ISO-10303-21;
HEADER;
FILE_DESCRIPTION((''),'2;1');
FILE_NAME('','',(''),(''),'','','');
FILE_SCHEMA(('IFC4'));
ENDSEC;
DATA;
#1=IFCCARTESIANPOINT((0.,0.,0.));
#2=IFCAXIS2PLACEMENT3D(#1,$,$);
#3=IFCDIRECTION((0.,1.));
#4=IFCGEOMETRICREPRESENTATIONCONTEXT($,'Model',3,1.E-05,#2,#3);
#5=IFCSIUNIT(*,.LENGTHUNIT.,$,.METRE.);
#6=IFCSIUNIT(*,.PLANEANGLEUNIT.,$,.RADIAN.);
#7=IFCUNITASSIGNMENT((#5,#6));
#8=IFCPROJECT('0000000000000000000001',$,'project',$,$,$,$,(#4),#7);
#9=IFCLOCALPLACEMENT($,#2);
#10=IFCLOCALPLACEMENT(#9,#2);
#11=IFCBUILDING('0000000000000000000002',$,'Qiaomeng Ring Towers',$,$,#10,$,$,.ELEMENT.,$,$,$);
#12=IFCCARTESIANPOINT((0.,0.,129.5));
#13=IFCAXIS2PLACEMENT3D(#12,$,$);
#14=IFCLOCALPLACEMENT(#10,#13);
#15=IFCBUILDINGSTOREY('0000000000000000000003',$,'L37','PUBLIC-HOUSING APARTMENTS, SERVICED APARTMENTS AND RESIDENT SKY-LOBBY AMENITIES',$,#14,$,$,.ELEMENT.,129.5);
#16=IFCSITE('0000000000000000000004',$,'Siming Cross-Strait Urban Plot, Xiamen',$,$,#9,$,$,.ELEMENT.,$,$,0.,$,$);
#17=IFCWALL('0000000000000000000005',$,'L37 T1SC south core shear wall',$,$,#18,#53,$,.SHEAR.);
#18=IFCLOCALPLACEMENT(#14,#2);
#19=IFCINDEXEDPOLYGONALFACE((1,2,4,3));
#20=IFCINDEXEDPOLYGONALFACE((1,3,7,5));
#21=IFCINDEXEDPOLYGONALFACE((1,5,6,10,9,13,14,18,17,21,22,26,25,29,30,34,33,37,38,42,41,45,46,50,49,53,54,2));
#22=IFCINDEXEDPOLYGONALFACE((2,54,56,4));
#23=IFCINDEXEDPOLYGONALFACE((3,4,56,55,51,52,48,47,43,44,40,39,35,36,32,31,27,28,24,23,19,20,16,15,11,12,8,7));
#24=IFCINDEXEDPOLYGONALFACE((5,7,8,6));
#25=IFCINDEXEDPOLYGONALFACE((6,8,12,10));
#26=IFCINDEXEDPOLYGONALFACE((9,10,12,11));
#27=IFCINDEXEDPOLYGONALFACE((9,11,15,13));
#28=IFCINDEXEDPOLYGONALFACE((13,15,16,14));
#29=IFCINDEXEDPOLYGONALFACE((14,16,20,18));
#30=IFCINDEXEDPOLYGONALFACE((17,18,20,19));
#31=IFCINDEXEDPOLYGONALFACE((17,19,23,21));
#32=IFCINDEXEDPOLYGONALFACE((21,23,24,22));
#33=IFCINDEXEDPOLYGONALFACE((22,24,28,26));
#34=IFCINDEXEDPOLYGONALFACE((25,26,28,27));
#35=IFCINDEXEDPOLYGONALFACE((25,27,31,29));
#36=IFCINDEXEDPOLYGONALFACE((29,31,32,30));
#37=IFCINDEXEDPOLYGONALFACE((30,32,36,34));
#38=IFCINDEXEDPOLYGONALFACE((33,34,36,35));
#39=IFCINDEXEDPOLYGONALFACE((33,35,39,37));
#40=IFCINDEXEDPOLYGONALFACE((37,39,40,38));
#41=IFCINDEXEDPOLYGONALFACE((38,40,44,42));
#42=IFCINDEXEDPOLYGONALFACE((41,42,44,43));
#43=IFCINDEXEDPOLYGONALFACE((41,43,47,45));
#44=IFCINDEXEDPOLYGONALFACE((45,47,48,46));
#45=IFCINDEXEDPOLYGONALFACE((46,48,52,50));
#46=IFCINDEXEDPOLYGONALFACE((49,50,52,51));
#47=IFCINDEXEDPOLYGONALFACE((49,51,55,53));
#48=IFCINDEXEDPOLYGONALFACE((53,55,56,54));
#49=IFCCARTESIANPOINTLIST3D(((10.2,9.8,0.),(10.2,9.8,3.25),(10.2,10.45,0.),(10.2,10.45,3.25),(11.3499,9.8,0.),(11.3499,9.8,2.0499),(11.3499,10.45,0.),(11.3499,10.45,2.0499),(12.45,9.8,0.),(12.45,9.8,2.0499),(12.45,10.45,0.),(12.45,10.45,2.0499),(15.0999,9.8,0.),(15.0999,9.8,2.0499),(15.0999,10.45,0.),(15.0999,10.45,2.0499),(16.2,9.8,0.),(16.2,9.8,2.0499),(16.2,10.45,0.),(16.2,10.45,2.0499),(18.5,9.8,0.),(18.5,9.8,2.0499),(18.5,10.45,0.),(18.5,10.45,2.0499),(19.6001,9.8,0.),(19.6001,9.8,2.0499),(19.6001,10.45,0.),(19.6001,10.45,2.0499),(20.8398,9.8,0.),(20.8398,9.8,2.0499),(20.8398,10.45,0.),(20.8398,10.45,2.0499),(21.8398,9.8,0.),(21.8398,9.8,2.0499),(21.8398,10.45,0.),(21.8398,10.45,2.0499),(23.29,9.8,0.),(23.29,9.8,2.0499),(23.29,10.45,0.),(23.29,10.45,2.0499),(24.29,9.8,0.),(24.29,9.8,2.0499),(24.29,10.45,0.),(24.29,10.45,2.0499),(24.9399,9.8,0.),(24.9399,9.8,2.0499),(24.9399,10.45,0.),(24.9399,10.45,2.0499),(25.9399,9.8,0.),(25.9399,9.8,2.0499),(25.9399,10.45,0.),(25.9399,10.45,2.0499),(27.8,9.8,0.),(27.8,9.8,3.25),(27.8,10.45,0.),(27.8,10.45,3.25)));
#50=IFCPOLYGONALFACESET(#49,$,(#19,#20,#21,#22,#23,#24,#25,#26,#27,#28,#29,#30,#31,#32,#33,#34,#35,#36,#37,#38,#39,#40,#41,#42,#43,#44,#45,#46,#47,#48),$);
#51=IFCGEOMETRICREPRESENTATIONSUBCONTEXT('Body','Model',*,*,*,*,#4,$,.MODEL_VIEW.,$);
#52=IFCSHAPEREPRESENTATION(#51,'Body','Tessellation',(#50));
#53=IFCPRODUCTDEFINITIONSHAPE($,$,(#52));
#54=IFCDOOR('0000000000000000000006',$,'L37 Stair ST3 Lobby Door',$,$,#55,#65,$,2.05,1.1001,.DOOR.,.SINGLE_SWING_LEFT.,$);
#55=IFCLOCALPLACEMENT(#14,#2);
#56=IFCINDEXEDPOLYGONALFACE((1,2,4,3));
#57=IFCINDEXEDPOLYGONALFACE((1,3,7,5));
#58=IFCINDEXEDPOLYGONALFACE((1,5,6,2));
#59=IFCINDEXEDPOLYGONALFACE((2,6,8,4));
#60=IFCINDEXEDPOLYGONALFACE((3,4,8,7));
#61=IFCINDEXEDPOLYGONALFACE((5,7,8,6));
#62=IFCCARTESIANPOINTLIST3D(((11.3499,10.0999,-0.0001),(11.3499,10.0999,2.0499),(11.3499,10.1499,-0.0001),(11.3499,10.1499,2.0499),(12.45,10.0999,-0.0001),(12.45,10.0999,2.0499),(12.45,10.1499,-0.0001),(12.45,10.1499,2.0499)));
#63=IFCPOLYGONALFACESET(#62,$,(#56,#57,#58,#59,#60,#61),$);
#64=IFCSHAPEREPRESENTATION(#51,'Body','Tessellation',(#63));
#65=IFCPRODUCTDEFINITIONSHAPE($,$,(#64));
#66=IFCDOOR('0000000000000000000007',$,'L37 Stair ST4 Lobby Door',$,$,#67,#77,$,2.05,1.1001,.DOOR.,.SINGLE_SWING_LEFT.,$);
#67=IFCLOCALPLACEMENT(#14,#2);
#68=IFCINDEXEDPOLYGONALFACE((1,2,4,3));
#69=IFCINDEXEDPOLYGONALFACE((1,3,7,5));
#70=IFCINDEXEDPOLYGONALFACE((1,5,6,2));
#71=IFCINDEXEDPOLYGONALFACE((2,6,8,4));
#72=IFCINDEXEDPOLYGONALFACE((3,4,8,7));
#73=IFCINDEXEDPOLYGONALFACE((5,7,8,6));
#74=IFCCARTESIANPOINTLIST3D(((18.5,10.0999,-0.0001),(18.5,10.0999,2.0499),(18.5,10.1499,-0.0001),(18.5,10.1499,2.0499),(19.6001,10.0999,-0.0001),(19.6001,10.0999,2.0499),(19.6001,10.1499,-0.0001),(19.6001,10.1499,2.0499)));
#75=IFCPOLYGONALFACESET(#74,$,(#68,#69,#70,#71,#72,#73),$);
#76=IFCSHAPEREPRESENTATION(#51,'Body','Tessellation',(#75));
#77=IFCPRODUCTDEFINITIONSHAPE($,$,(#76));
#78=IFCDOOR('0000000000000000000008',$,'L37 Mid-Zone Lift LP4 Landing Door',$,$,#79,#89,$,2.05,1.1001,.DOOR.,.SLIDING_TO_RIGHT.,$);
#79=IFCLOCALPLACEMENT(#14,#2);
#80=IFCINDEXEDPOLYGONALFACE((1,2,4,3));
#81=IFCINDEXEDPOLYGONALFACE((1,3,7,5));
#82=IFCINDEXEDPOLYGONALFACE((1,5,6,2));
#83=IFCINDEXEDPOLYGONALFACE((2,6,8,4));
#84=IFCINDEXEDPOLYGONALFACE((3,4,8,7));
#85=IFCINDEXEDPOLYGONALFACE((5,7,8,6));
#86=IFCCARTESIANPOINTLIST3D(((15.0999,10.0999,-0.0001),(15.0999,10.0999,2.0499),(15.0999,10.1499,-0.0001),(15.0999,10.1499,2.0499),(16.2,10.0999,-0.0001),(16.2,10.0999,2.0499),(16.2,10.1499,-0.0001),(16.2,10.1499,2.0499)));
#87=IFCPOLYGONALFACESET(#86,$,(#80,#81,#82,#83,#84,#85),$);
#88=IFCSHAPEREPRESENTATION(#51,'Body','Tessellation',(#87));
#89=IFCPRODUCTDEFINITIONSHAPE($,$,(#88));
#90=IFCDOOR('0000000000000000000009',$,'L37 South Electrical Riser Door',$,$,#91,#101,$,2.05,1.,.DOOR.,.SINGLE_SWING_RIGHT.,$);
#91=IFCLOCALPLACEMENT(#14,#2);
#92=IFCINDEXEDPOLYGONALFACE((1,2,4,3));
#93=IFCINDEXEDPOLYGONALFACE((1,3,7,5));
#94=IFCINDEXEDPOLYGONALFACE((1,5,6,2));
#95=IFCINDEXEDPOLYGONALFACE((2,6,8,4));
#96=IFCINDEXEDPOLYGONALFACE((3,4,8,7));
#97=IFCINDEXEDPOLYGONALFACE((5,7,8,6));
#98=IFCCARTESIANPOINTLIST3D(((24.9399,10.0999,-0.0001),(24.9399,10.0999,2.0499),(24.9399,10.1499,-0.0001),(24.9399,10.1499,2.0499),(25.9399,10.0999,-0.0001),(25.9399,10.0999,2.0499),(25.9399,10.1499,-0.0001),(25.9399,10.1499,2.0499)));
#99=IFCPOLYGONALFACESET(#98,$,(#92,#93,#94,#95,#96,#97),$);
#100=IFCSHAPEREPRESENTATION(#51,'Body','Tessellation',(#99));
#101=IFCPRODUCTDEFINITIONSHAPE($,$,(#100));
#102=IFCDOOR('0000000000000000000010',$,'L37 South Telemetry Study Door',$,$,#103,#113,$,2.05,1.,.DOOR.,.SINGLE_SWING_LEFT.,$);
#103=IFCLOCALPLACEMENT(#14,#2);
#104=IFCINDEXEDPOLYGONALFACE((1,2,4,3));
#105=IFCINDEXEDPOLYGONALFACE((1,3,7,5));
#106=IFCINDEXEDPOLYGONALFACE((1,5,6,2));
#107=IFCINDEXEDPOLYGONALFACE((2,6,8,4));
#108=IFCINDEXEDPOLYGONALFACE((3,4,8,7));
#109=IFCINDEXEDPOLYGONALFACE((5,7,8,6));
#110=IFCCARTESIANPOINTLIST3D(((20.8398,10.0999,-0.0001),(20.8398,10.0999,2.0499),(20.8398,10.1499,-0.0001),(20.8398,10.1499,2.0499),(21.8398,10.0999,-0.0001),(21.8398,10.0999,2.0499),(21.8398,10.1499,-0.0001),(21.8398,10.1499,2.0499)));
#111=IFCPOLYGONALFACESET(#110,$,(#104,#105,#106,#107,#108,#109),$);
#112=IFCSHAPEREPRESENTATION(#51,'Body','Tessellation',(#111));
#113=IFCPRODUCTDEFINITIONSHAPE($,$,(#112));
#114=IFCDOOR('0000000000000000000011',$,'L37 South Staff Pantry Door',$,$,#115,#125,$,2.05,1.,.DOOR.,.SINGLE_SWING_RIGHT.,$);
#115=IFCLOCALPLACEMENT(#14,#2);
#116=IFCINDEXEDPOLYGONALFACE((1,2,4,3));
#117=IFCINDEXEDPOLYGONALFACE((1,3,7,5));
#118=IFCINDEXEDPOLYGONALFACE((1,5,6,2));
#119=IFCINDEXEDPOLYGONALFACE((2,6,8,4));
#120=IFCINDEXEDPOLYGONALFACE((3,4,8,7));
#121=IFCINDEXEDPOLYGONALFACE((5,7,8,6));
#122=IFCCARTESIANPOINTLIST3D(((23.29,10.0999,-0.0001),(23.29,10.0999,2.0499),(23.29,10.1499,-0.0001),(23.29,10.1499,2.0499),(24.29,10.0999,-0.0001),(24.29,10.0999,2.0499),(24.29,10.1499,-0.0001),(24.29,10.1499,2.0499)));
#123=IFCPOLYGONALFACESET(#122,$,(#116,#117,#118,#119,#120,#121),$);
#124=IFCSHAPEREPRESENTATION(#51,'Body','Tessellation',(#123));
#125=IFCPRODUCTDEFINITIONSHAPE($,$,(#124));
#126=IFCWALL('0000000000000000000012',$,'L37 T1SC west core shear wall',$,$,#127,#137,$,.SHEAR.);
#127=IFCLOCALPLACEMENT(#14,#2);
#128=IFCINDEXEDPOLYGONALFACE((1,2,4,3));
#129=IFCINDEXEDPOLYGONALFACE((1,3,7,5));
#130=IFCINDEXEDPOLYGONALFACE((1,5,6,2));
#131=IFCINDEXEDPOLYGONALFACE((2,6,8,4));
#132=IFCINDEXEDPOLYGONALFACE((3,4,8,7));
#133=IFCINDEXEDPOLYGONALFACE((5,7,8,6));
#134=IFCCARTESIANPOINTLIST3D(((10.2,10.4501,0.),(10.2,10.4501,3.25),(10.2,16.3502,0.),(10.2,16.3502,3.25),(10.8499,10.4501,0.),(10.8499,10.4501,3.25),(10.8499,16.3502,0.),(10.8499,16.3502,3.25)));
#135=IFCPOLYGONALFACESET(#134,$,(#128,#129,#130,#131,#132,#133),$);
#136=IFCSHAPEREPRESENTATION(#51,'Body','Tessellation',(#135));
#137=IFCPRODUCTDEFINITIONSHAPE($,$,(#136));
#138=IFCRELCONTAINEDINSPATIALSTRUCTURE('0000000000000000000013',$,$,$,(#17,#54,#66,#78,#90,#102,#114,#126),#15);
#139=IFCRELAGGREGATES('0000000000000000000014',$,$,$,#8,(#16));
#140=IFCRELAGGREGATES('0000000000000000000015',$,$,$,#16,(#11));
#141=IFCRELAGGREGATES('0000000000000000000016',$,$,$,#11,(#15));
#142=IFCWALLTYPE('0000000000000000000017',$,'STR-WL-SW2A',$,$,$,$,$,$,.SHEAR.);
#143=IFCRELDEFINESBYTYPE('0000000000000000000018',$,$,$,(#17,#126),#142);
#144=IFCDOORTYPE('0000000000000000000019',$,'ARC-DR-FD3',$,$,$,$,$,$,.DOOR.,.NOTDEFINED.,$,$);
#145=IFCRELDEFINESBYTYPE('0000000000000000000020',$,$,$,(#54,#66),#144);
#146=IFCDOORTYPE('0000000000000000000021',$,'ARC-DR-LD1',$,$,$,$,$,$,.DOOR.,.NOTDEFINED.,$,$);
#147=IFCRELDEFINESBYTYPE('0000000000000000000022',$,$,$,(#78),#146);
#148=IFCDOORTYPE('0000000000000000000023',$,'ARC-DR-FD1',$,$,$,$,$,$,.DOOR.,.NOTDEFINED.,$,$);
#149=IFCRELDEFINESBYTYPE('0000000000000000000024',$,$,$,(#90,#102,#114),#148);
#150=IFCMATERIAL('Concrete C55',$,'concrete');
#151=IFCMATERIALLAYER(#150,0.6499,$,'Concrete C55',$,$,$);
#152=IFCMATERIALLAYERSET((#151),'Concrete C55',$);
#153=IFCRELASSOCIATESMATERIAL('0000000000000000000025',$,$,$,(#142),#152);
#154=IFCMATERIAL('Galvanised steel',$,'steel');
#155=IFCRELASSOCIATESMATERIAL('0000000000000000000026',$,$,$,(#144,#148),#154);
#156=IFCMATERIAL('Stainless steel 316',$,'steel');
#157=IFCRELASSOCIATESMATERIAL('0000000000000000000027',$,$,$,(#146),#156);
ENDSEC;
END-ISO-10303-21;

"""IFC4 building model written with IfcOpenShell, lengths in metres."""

from ifc_helpers import new_model, si_unit, direction, frame, frame_2d, origin, place, context, subcontext, project, spatial, rectangle, extrude, source, transform, mapped, material, layer, layer_set, type_object, element, fill, save


model = new_model("IFC4")

# Units and contexts
model_context = context("Model", 3, precision=1e-05, world=origin(), true_north=direction((0.0, 1.0)))
body_context = subcontext(model_context, "Body", "Model", "MODEL_VIEW")
ifc_project = project(units=[si_unit("LENGTHUNIT", "METRE"), si_unit("PLANEANGLEUNIT", "RADIAN")], contexts=[model_context])

# Site, building, storey
site_placement = place(None, origin())
site = spatial("IfcSite", under=ifc_project, at=site_placement, Name="Siming Cross-Strait Urban Plot, Xiamen", CompositionType="ELEMENT", RefElevation=0.0)
building_placement = place(site_placement, origin())
building = spatial("IfcBuilding", under=site, at=building_placement, Name="Qiaomeng Ring Towers", CompositionType="ELEMENT")
storey_placement = place(building_placement, frame((0.0, 0.0, 129.5)))
storey = spatial("IfcBuildingStorey", under=building, at=storey_placement, Name="L37", Description="PUBLIC-HOUSING APARTMENTS, SERVICED APARTMENTS AND RESIDENT SKY-LOBBY AMENITIES", CompositionType="ELEMENT", Elevation=129.5)

# Shared definitions
shared_shape_1 = source(origin(), body_context, "Body", "SweptSolid", [
    extrude(rectangle(XDim=1.0, YDim=2.05, at=frame_2d((0.5, 1.0249))), frame((0.0, 0.0249, 0.0), z_axis=(0.0, -1.0, 0.0), x_axis=(1.0, 0.0, 0.0)), (0.0, 0.0, 1.0), 0.05),
])

# Wall, openings, doors
ifc_material_1 = material(Name="Concrete C55", Category="concrete")
ifc_layer_1 = layer(ifc_material_1, 0.6499, Name="Concrete C55")
ifc_layer_set_1 = layer_set([ifc_layer_1], Name="Concrete C55")
wall_type_1 = type_object("IfcWallType", Name="STR-WL-SW2A", PredefinedType="SHEAR", material=ifc_layer_set_1)
wall_1_placement = place(storey_placement, frame((10.2, 10.125, 0.0), z_axis=(0.0, 0.0, 1.0), x_axis=(1.0, 0.0, 0.0)))
wall_1 = element("IfcWall", 1, at=wall_1_placement, inside=storey, type_object=wall_type_1, Name="L37 T1SC south core shear wall", PredefinedType="SHEAR", context=body_context, shape_type="SweptSolid", body=[
    extrude(rectangle(XDim=17.6001, YDim=0.6499, at=frame_2d((8.8, 0.0))), origin(), (0.0, 0.0, 1.0), 3.25),
])
opening_1_placement = place(wall_1_placement, frame((1.1499, 0.0, 0.0)))
opening_1 = element("IfcOpeningElement", 2, at=opening_1_placement, cuts=wall_1, PredefinedType="OPENING", context=body_context, shape_type="SweptSolid", body=[
    extrude(rectangle(XDim=1.1001, YDim=2.05, at=frame_2d((0.55, 1.0249))), frame((0.0, 0.335, 0.0), z_axis=(0.0, -1.0, 0.0), x_axis=(1.0, 0.0, 0.0)), (0.0, 0.0, 1.0), 0.6699),
])
opening_2_placement = place(wall_1_placement, frame((8.3, 0.0, 0.0)))
opening_2 = element("IfcOpeningElement", 3, at=opening_2_placement, cuts=wall_1, PredefinedType="OPENING", context=body_context, shape_type="SweptSolid", body=[
    extrude(rectangle(XDim=1.1001, YDim=2.05, at=frame_2d((0.55, 1.0249))), frame((0.0, 0.335, 0.0), z_axis=(0.0, -1.0, 0.0), x_axis=(1.0, 0.0, 0.0)), (0.0, 0.0, 1.0), 0.6699),
])
opening_3_placement = place(wall_1_placement, frame((4.8999, 0.0, 0.0)))
opening_3 = element("IfcOpeningElement", 4, at=opening_3_placement, cuts=wall_1, PredefinedType="OPENING", context=body_context, shape_type="SweptSolid", body=[
    extrude(rectangle(XDim=1.1001, YDim=2.05, at=frame_2d((0.55, 1.0249))), frame((0.0, 0.335, 0.0), z_axis=(0.0, -1.0, 0.0), x_axis=(1.0, 0.0, 0.0)), (0.0, 0.0, 1.0), 0.6699),
])
opening_4_placement = place(wall_1_placement, frame((14.74, 0.0, 0.0)))
opening_4 = element("IfcOpeningElement", 5, at=opening_4_placement, cuts=wall_1, PredefinedType="OPENING", context=body_context, shape_type="SweptSolid", body=[
    extrude(rectangle(XDim=1.0, YDim=2.05, at=frame_2d((0.5, 1.0249))), frame((0.0, 0.335, 0.0), z_axis=(0.0, -1.0, 0.0), x_axis=(1.0, 0.0, 0.0)), (0.0, 0.0, 1.0), 0.6699),
])
opening_5_placement = place(wall_1_placement, frame((10.6399, 0.0, 0.0)))
opening_5 = element("IfcOpeningElement", 6, at=opening_5_placement, cuts=wall_1, PredefinedType="OPENING", context=body_context, shape_type="SweptSolid", body=[
    extrude(rectangle(XDim=1.0, YDim=2.05, at=frame_2d((0.5, 1.0249))), frame((0.0, 0.335, 0.0), z_axis=(0.0, -1.0, 0.0), x_axis=(1.0, 0.0, 0.0)), (0.0, 0.0, 1.0), 0.6699),
])
opening_6_placement = place(wall_1_placement, frame((13.0901, 0.0, 0.0)))
opening_6 = element("IfcOpeningElement", 7, at=opening_6_placement, cuts=wall_1, PredefinedType="OPENING", context=body_context, shape_type="SweptSolid", body=[
    extrude(rectangle(XDim=1.0, YDim=2.05, at=frame_2d((0.5, 1.0249))), frame((0.0, 0.335, 0.0), z_axis=(0.0, -1.0, 0.0), x_axis=(1.0, 0.0, 0.0)), (0.0, 0.0, 1.0), 0.6699),
])
ifc_material_2 = material(Name="Galvanised steel", Category="steel")
door_type_1 = type_object("IfcDoorType", Name="ARC-DR-FD3", OperationType="NOTDEFINED", PredefinedType="DOOR", material=ifc_material_2)
shared_shape_2 = source(origin(), body_context, "Body", "SweptSolid", [
    extrude(rectangle(XDim=1.1001, YDim=2.05, at=frame_2d((0.55, 1.0249))), frame((0.0, 0.0249, 0.0), z_axis=(0.0, -1.0, 0.0), x_axis=(1.0, 0.0, 0.0)), (0.0, 0.0, 1.0), 0.05),
])
door_1_placement = place(opening_1_placement, origin())
door_1 = element("IfcDoor", 8, at=door_1_placement, inside=storey, type_object=door_type_1, Name="L37 Stair ST3 Lobby Door", OperationType="SINGLE_SWING_LEFT", OverallHeight=2.05, OverallWidth=1.1001, PredefinedType="DOOR", context=body_context, shape_type="MappedRepresentation", body=[
    mapped(shared_shape_2, transform((0.0, 0.0, 0.0), x_axis=(1.0, 0.0, 0.0), y_axis=(0.0, 1.0, 0.0), z_axis=(0.0, 0.0, 1.0), scale=1.0)),
])
fill(opening_1, door_1)
door_2_placement = place(opening_2_placement, origin())
door_2 = element("IfcDoor", 9, at=door_2_placement, inside=storey, type_object=door_type_1, Name="L37 Stair ST4 Lobby Door", OperationType="SINGLE_SWING_LEFT", OverallHeight=2.05, OverallWidth=1.1001, PredefinedType="DOOR", context=body_context, shape_type="MappedRepresentation", body=[
    mapped(shared_shape_2, transform((0.0, 0.0, 0.0), x_axis=(1.0, 0.0, 0.0), y_axis=(0.0, 1.0, 0.0), z_axis=(0.0, 0.0, 1.0), scale=1.0)),
])
fill(opening_2, door_2)
ifc_material_3 = material(Name="Stainless steel 316", Category="steel")
door_type_2 = type_object("IfcDoorType", Name="ARC-DR-LD1", OperationType="NOTDEFINED", PredefinedType="DOOR", material=ifc_material_3)
door_3_placement = place(opening_3_placement, origin())
door_3 = element("IfcDoor", 10, at=door_3_placement, inside=storey, type_object=door_type_2, Name="L37 Mid-Zone Lift LP4 Landing Door", OperationType="SLIDING_TO_RIGHT", OverallHeight=2.05, OverallWidth=1.1001, PredefinedType="DOOR", context=body_context, shape_type="MappedRepresentation", body=[
    mapped(shared_shape_2, transform((0.0, 0.0, 0.0), x_axis=(1.0, 0.0, 0.0), y_axis=(0.0, 1.0, 0.0), z_axis=(0.0, 0.0, 1.0), scale=1.0)),
])
fill(opening_3, door_3)
door_type_3 = type_object("IfcDoorType", Name="ARC-DR-FD1", OperationType="NOTDEFINED", PredefinedType="DOOR", material=ifc_material_2)
door_4_placement = place(opening_4_placement, origin())
door_4 = element("IfcDoor", 11, at=door_4_placement, inside=storey, type_object=door_type_3, Name="L37 South Electrical Riser Door", OperationType="SINGLE_SWING_RIGHT", OverallHeight=2.05, OverallWidth=1.0, PredefinedType="DOOR", context=body_context, shape_type="MappedRepresentation", body=[
    mapped(shared_shape_1, transform((0.0, 0.0, 0.0), x_axis=(1.0, 0.0, 0.0), y_axis=(0.0, 1.0, 0.0), z_axis=(0.0, 0.0, 1.0), scale=1.0)),
])
fill(opening_4, door_4)
door_5_placement = place(opening_5_placement, origin())
door_5 = element("IfcDoor", 12, at=door_5_placement, inside=storey, type_object=door_type_3, Name="L37 South Telemetry Study Door", OperationType="SINGLE_SWING_LEFT", OverallHeight=2.05, OverallWidth=1.0, PredefinedType="DOOR", context=body_context, shape_type="MappedRepresentation", body=[
    mapped(shared_shape_1, transform((0.0, 0.0, 0.0), x_axis=(1.0, 0.0, 0.0), y_axis=(0.0, 1.0, 0.0), z_axis=(0.0, 0.0, 1.0), scale=1.0)),
])
fill(opening_5, door_5)
door_6_placement = place(opening_6_placement, origin())
door_6 = element("IfcDoor", 13, at=door_6_placement, inside=storey, type_object=door_type_3, Name="L37 South Staff Pantry Door", OperationType="SINGLE_SWING_RIGHT", OverallHeight=2.05, OverallWidth=1.0, PredefinedType="DOOR", context=body_context, shape_type="MappedRepresentation", body=[
    mapped(shared_shape_1, transform((0.0, 0.0, 0.0), x_axis=(1.0, 0.0, 0.0), y_axis=(0.0, 1.0, 0.0), z_axis=(0.0, 0.0, 1.0), scale=1.0)),
])
fill(opening_6, door_6)

# Wall
wall_2_placement = place(storey_placement, frame((10.5249, 10.45, 0.0), z_axis=(0.0, 0.0, 1.0), x_axis=(0.0, 1.0, 0.0)))
element("IfcWall", 14, at=wall_2_placement, inside=storey, type_object=wall_type_1, Name="L37 T1SC west core shear wall", PredefinedType="SHEAR", context=body_context, shape_type="SweptSolid", body=[
    extrude(rectangle(XDim=5.9001, YDim=0.6499, at=frame_2d((2.9502, 0.0))), origin(), (0.0, 0.0, 1.0), 3.25),
])

save(model, "model.ifc")
